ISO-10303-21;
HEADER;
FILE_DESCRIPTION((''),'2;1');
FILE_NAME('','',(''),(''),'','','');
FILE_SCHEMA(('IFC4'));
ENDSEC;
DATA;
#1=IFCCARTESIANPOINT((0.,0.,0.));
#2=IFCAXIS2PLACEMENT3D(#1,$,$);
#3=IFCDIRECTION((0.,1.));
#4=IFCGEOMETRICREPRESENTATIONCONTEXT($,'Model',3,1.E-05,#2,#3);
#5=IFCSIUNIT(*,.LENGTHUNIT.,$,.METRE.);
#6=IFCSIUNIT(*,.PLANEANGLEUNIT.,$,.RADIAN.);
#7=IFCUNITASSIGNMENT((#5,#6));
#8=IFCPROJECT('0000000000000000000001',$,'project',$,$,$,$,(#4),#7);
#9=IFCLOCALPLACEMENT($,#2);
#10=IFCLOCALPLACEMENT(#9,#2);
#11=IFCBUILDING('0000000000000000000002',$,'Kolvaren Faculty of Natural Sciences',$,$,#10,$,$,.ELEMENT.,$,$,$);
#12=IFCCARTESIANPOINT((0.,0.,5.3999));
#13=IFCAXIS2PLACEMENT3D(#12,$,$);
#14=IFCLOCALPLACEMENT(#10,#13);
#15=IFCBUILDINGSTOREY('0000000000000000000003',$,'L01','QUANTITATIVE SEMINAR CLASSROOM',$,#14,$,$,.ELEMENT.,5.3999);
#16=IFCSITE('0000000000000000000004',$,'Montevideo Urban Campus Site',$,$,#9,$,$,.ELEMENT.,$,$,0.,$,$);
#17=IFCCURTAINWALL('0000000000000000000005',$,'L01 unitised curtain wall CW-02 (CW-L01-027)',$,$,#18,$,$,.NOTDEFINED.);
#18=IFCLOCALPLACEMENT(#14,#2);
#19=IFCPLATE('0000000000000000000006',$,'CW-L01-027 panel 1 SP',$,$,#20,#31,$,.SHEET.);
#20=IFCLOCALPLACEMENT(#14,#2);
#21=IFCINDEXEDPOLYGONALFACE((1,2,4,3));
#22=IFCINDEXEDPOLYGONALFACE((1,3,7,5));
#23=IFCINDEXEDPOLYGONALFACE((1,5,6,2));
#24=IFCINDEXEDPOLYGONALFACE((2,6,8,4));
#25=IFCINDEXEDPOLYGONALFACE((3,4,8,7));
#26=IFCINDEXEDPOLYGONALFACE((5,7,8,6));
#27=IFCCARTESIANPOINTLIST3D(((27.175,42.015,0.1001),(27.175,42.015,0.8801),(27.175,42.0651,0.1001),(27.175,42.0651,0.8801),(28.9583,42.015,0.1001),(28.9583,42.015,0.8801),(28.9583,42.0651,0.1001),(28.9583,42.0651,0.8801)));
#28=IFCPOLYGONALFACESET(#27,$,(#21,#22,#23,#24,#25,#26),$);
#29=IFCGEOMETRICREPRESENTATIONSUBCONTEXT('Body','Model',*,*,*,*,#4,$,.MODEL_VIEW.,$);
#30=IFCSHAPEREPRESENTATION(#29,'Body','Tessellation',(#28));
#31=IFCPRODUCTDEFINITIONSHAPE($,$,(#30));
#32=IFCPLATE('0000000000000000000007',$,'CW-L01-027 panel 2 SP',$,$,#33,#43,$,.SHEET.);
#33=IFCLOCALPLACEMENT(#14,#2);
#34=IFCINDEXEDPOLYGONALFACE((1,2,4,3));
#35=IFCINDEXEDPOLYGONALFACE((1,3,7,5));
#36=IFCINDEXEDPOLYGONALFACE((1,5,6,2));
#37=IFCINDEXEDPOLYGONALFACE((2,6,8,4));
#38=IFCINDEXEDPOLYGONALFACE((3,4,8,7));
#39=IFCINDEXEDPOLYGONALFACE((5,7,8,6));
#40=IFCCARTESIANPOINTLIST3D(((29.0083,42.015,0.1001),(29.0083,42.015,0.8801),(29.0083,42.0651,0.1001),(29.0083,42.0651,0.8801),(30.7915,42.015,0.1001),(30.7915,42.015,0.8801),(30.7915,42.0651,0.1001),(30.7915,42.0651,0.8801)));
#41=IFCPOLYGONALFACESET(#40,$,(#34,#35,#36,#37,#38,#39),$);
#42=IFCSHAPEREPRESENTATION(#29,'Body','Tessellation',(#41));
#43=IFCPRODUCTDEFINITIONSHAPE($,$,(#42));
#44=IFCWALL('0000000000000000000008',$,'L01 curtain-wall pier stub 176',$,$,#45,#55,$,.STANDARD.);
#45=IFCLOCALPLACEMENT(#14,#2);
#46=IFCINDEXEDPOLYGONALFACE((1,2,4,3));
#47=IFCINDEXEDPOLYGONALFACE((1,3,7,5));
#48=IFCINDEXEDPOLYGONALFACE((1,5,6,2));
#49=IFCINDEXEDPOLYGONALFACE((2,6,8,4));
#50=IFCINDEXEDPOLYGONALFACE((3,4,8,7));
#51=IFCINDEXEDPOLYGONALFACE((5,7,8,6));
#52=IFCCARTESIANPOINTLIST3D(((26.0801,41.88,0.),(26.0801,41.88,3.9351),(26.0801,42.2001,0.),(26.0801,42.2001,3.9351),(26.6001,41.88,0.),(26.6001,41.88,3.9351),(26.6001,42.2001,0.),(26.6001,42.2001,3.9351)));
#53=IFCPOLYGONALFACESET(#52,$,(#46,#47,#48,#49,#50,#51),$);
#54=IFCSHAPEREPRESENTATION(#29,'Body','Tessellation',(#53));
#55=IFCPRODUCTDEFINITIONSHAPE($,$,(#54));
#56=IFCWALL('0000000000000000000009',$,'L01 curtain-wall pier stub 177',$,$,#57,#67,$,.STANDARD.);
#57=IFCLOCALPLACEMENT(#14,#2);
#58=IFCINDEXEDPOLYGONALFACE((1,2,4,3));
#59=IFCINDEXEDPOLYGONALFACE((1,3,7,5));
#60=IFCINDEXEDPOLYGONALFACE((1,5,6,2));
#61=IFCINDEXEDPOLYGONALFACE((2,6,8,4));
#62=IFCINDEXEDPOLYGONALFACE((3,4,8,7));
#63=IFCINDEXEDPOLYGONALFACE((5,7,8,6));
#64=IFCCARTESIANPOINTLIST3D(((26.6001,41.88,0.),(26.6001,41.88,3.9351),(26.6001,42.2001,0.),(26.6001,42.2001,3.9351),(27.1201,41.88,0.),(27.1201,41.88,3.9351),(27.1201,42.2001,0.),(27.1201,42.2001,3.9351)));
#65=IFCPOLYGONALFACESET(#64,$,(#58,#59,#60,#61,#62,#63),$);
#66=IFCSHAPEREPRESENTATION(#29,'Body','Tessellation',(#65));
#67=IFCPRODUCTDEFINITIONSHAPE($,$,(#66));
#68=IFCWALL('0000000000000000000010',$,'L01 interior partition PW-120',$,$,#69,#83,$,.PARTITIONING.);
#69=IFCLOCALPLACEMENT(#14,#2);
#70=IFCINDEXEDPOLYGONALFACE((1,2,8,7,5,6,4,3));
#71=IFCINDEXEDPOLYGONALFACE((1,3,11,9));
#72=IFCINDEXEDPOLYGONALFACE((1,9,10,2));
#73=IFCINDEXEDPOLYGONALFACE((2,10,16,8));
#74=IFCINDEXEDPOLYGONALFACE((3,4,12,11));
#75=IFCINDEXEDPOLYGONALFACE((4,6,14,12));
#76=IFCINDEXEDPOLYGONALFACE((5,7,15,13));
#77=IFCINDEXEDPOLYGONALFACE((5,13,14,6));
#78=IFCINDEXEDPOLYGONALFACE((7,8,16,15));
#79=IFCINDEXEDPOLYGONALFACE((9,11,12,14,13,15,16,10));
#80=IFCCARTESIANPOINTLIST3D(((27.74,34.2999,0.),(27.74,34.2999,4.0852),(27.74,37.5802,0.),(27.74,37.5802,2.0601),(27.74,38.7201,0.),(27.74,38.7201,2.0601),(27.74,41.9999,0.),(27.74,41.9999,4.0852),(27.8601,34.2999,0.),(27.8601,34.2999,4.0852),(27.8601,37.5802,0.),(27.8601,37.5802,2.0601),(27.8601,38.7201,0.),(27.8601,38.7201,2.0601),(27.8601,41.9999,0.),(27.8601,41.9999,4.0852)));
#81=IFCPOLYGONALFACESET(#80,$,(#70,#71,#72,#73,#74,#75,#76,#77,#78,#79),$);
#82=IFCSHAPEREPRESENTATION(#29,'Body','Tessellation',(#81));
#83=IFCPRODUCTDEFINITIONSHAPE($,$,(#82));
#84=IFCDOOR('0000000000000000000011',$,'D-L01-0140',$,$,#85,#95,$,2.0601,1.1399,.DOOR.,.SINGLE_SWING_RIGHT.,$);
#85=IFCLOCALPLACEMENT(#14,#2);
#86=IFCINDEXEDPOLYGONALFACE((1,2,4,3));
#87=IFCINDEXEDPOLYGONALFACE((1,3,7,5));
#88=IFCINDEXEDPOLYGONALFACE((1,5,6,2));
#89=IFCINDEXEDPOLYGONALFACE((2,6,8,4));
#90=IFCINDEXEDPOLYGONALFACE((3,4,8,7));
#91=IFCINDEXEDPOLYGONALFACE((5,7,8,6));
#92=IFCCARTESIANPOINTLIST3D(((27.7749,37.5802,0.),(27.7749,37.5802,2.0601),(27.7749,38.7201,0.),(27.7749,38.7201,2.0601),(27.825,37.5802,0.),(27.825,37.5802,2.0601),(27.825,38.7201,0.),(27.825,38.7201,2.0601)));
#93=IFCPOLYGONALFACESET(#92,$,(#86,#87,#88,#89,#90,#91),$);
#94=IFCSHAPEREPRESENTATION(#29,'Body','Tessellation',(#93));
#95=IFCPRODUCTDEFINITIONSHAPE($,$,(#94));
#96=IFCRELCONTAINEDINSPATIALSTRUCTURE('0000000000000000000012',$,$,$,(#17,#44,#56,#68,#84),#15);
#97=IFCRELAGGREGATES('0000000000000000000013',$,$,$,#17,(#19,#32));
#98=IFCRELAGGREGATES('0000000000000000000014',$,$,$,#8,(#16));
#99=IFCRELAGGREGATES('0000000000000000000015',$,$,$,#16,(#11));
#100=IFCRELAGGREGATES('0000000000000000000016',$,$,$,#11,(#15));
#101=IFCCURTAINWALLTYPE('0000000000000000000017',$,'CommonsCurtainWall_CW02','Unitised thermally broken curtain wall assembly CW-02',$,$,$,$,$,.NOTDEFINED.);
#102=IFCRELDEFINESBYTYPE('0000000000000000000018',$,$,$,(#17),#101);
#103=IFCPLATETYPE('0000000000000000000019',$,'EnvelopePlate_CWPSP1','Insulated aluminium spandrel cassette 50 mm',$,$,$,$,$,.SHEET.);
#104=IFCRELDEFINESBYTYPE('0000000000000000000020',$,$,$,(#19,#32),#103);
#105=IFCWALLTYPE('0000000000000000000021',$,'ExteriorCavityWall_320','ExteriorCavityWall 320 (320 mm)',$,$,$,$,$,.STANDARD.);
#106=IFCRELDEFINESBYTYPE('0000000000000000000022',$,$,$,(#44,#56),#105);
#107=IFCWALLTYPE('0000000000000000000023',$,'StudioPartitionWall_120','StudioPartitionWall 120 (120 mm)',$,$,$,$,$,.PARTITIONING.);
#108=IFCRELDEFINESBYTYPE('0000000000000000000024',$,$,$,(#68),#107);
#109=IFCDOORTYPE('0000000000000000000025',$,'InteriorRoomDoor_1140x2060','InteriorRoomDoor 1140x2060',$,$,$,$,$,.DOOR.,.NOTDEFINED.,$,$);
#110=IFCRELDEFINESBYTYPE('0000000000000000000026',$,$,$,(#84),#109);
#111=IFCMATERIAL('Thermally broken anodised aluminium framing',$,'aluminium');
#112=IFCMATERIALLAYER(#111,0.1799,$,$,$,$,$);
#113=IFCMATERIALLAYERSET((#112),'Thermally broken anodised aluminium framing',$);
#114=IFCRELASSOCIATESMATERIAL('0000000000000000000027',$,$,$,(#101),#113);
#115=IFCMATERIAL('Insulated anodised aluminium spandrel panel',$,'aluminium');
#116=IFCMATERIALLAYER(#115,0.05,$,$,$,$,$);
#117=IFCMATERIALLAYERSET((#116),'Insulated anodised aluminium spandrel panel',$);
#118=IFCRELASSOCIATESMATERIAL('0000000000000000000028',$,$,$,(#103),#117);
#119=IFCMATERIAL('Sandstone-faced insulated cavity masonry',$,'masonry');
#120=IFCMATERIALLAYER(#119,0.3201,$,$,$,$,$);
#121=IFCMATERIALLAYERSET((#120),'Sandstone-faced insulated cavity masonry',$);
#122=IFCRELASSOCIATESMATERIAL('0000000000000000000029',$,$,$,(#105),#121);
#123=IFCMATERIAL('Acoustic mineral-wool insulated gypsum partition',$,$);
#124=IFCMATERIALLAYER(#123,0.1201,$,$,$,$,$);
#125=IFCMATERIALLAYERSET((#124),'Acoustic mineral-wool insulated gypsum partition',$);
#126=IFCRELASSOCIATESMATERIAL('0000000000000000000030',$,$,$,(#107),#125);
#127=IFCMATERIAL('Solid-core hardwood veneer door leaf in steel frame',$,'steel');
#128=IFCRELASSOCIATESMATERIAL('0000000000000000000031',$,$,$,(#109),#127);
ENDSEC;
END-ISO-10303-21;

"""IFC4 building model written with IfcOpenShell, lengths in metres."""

from ifc_helpers import new_model, si_unit, direction, frame, frame_2d, origin, origin_2d, place, context, subcontext, project, spatial, rectangle, extrude, material, layer, layer_set, type_object, element, fill, aggregate, save


model = new_model("IFC4")

# Units and contexts
model_context = context("Model", 3, precision=1e-05, world=origin(), true_north=direction((0.0, 1.0)))
body_context = subcontext(model_context, "Body", "Model", "MODEL_VIEW")
ifc_project = project(units=[si_unit("LENGTHUNIT", "METRE"), si_unit("PLANEANGLEUNIT", "RADIAN")], contexts=[model_context])

# Site, building, storey
site_placement = place(None, origin())
site = spatial("IfcSite", under=ifc_project, at=site_placement, Name="Montevideo Urban Campus Site", CompositionType="ELEMENT", RefElevation=0.0)
building_placement = place(site_placement, origin())
building = spatial("IfcBuilding", under=site, at=building_placement, Name="Kolvaren Faculty of Natural Sciences", CompositionType="ELEMENT")
storey_placement = place(building_placement, frame((0.0, 0.0, 5.3999)))
storey = spatial("IfcBuildingStorey", under=building, at=storey_placement, Name="L01", Description="QUANTITATIVE SEMINAR CLASSROOM", CompositionType="ELEMENT", Elevation=5.3999)

# Shared definitions
ifc_material_1 = material(Name="Thermally broken anodised aluminium framing", Category="aluminium")
ifc_layer_1 = layer(ifc_material_1, 0.1799)
ifc_layer_set_1 = layer_set([ifc_layer_1], Name="Thermally broken anodised aluminium framing")
curtain_wall_type = type_object("IfcCurtainWallType", Name="CommonsCurtainWall_CW02", Description="Unitised thermally broken curtain wall assembly CW-02", PredefinedType="NOTDEFINED", material=ifc_layer_set_1)

# Curtain wall
curtain_wall_1_placement = place(storey_placement, origin())
curtain_wall_1 = element("IfcCurtainWall", 1, at=curtain_wall_1_placement, inside=storey, type_object=curtain_wall_type, Name="L01 unitised curtain wall CW-02 (CW-L01-027)", PredefinedType="NOTDEFINED")

# Plates
ifc_material_2 = material(Name="Insulated anodised aluminium spandrel panel", Category="aluminium")
ifc_layer_2 = layer(ifc_material_2, 0.05)
ifc_layer_set_2 = layer_set([ifc_layer_2], Name="Insulated anodised aluminium spandrel panel")
plate_type_1 = type_object("IfcPlateType", Name="EnvelopePlate_CWPSP1", Description="Insulated aluminium spandrel cassette 50 mm", PredefinedType="SHEET", material=ifc_layer_set_2)
plate_1_placement = place(storey_placement, frame((28.0667, 42.04, 0.1001), z_axis=(0.0, 0.0, 1.0), x_axis=(1.0, 0.0, 0.0)))
plate_1 = element("IfcPlate", 2, at=plate_1_placement, type_object=plate_type_1, Name="CW-L01-027 panel 1 SP", PredefinedType="SHEET", context=body_context, shape_type="SweptSolid", body=[
    extrude(rectangle(XDim=1.7832, YDim=0.05, at=origin_2d()), origin(), (0.0, 0.0, 1.0), 0.78),
])
plate_2_placement = place(storey_placement, frame((29.8999, 42.04, 0.1001), z_axis=(0.0, 0.0, 1.0), x_axis=(1.0, 0.0, 0.0)))
plate_2 = element("IfcPlate", 3, at=plate_2_placement, type_object=plate_type_1, Name="CW-L01-027 panel 2 SP", PredefinedType="SHEET", context=body_context, shape_type="SweptSolid", body=[
    extrude(rectangle(XDim=1.7832, YDim=0.05, at=origin_2d()), origin(), (0.0, 0.0, 1.0), 0.78),
])
aggregate(curtain_wall_1, [plate_1, plate_2])

# Walls
ifc_material_3 = material(Name="Sandstone-faced insulated cavity masonry", Category="masonry")
ifc_layer_3 = layer(ifc_material_3, 0.3201)
ifc_layer_set_3 = layer_set([ifc_layer_3], Name="Sandstone-faced insulated cavity masonry")
wall_type_1 = type_object("IfcWallType", Name="ExteriorCavityWall_320", Description="ExteriorCavityWall 320 (320 mm)", PredefinedType="STANDARD", material=ifc_layer_set_3)
for number, where, z_axis, x_axis, name in (
    (4, (26.0801, 42.04, 0.0), (0.0, 0.0, 1.0), (1.0, 0.0, 0.0), "L01 curtain-wall pier stub 176"),
    (5, (26.6001, 42.04, 0.0), (0.0, 0.0, 1.0), (1.0, 0.0, 0.0), "L01 curtain-wall pier stub 177"),
):
    element("IfcWall", number, at=place(storey_placement, frame(where, z_axis=z_axis, x_axis=x_axis)), inside=storey, type_object=wall_type_1, Name=name, PredefinedType="STANDARD", context=body_context, shape_type="SweptSolid", body=[
        extrude(rectangle(XDim=0.52, YDim=0.3201, at=frame_2d((0.26, 0.0))), origin(), (0.0, 0.0, 1.0), 3.9351),
    ])

# Wall, opening, door
ifc_material_4 = material(Name="Acoustic mineral-wool insulated gypsum partition")
ifc_layer_4 = layer(ifc_material_4, 0.1201)
ifc_layer_set_4 = layer_set([ifc_layer_4], Name="Acoustic mineral-wool insulated gypsum partition")
wall_type_2 = type_object("IfcWallType", Name="StudioPartitionWall_120", Description="StudioPartitionWall 120 (120 mm)", PredefinedType="PARTITIONING", material=ifc_layer_set_4)
wall_placement = place(storey_placement, frame((27.8, 42.0, 0.0), z_axis=(0.0, 0.0, 1.0), x_axis=(0.0, -1.0, 0.0)))
wall = element("IfcWall", 6, at=wall_placement, inside=storey, type_object=wall_type_2, Name="L01 interior partition PW-120", PredefinedType="PARTITIONING", context=body_context, shape_type="SweptSolid", body=[
    extrude(rectangle(XDim=7.7, YDim=0.1201, at=frame_2d((3.8501, 0.0))), origin(), (0.0, 0.0, 1.0), 4.0852),
])
opening_placement = place(wall_placement, frame((3.28, 0.0, 0.0)))
opening = element("IfcOpeningElement", 7, at=opening_placement, cuts=wall, PredefinedType="OPENING", context=body_context, shape_type="SweptSolid", body=[
    extrude(rectangle(XDim=1.1399, YDim=2.0601, at=frame_2d((0.5698, 1.03))), frame((0.0, 0.0701, 0.0), z_axis=(0.0, -1.0, 0.0), x_axis=(1.0, 0.0, 0.0)), (0.0, 0.0, 1.0), 0.1401),
])
ifc_material_5 = material(Name="Solid-core hardwood veneer door leaf in steel frame", Category="steel")
door_type = type_object("IfcDoorType", Name="InteriorRoomDoor_1140x2060", Description="InteriorRoomDoor 1140x2060", OperationType="NOTDEFINED", PredefinedType="DOOR", material=ifc_material_5)
door_placement = place(opening_placement, origin())
door = element("IfcDoor", 8, at=door_placement, inside=storey, type_object=door_type, Name="D-L01-0140", OperationType="SINGLE_SWING_RIGHT", OverallHeight=2.0601, OverallWidth=1.1399, PredefinedType="DOOR", context=body_context, shape_type="SweptSolid", body=[
    extrude(rectangle(XDim=1.1399, YDim=2.0601, at=frame_2d((0.5698, 1.03))), frame((0.0, 0.0249, 0.0), z_axis=(0.0, -1.0, 0.0), x_axis=(1.0, 0.0, 0.0)), (0.0, 0.0, 1.0), 0.05),
])
fill(opening, door)

save(model, "model.ifc")
